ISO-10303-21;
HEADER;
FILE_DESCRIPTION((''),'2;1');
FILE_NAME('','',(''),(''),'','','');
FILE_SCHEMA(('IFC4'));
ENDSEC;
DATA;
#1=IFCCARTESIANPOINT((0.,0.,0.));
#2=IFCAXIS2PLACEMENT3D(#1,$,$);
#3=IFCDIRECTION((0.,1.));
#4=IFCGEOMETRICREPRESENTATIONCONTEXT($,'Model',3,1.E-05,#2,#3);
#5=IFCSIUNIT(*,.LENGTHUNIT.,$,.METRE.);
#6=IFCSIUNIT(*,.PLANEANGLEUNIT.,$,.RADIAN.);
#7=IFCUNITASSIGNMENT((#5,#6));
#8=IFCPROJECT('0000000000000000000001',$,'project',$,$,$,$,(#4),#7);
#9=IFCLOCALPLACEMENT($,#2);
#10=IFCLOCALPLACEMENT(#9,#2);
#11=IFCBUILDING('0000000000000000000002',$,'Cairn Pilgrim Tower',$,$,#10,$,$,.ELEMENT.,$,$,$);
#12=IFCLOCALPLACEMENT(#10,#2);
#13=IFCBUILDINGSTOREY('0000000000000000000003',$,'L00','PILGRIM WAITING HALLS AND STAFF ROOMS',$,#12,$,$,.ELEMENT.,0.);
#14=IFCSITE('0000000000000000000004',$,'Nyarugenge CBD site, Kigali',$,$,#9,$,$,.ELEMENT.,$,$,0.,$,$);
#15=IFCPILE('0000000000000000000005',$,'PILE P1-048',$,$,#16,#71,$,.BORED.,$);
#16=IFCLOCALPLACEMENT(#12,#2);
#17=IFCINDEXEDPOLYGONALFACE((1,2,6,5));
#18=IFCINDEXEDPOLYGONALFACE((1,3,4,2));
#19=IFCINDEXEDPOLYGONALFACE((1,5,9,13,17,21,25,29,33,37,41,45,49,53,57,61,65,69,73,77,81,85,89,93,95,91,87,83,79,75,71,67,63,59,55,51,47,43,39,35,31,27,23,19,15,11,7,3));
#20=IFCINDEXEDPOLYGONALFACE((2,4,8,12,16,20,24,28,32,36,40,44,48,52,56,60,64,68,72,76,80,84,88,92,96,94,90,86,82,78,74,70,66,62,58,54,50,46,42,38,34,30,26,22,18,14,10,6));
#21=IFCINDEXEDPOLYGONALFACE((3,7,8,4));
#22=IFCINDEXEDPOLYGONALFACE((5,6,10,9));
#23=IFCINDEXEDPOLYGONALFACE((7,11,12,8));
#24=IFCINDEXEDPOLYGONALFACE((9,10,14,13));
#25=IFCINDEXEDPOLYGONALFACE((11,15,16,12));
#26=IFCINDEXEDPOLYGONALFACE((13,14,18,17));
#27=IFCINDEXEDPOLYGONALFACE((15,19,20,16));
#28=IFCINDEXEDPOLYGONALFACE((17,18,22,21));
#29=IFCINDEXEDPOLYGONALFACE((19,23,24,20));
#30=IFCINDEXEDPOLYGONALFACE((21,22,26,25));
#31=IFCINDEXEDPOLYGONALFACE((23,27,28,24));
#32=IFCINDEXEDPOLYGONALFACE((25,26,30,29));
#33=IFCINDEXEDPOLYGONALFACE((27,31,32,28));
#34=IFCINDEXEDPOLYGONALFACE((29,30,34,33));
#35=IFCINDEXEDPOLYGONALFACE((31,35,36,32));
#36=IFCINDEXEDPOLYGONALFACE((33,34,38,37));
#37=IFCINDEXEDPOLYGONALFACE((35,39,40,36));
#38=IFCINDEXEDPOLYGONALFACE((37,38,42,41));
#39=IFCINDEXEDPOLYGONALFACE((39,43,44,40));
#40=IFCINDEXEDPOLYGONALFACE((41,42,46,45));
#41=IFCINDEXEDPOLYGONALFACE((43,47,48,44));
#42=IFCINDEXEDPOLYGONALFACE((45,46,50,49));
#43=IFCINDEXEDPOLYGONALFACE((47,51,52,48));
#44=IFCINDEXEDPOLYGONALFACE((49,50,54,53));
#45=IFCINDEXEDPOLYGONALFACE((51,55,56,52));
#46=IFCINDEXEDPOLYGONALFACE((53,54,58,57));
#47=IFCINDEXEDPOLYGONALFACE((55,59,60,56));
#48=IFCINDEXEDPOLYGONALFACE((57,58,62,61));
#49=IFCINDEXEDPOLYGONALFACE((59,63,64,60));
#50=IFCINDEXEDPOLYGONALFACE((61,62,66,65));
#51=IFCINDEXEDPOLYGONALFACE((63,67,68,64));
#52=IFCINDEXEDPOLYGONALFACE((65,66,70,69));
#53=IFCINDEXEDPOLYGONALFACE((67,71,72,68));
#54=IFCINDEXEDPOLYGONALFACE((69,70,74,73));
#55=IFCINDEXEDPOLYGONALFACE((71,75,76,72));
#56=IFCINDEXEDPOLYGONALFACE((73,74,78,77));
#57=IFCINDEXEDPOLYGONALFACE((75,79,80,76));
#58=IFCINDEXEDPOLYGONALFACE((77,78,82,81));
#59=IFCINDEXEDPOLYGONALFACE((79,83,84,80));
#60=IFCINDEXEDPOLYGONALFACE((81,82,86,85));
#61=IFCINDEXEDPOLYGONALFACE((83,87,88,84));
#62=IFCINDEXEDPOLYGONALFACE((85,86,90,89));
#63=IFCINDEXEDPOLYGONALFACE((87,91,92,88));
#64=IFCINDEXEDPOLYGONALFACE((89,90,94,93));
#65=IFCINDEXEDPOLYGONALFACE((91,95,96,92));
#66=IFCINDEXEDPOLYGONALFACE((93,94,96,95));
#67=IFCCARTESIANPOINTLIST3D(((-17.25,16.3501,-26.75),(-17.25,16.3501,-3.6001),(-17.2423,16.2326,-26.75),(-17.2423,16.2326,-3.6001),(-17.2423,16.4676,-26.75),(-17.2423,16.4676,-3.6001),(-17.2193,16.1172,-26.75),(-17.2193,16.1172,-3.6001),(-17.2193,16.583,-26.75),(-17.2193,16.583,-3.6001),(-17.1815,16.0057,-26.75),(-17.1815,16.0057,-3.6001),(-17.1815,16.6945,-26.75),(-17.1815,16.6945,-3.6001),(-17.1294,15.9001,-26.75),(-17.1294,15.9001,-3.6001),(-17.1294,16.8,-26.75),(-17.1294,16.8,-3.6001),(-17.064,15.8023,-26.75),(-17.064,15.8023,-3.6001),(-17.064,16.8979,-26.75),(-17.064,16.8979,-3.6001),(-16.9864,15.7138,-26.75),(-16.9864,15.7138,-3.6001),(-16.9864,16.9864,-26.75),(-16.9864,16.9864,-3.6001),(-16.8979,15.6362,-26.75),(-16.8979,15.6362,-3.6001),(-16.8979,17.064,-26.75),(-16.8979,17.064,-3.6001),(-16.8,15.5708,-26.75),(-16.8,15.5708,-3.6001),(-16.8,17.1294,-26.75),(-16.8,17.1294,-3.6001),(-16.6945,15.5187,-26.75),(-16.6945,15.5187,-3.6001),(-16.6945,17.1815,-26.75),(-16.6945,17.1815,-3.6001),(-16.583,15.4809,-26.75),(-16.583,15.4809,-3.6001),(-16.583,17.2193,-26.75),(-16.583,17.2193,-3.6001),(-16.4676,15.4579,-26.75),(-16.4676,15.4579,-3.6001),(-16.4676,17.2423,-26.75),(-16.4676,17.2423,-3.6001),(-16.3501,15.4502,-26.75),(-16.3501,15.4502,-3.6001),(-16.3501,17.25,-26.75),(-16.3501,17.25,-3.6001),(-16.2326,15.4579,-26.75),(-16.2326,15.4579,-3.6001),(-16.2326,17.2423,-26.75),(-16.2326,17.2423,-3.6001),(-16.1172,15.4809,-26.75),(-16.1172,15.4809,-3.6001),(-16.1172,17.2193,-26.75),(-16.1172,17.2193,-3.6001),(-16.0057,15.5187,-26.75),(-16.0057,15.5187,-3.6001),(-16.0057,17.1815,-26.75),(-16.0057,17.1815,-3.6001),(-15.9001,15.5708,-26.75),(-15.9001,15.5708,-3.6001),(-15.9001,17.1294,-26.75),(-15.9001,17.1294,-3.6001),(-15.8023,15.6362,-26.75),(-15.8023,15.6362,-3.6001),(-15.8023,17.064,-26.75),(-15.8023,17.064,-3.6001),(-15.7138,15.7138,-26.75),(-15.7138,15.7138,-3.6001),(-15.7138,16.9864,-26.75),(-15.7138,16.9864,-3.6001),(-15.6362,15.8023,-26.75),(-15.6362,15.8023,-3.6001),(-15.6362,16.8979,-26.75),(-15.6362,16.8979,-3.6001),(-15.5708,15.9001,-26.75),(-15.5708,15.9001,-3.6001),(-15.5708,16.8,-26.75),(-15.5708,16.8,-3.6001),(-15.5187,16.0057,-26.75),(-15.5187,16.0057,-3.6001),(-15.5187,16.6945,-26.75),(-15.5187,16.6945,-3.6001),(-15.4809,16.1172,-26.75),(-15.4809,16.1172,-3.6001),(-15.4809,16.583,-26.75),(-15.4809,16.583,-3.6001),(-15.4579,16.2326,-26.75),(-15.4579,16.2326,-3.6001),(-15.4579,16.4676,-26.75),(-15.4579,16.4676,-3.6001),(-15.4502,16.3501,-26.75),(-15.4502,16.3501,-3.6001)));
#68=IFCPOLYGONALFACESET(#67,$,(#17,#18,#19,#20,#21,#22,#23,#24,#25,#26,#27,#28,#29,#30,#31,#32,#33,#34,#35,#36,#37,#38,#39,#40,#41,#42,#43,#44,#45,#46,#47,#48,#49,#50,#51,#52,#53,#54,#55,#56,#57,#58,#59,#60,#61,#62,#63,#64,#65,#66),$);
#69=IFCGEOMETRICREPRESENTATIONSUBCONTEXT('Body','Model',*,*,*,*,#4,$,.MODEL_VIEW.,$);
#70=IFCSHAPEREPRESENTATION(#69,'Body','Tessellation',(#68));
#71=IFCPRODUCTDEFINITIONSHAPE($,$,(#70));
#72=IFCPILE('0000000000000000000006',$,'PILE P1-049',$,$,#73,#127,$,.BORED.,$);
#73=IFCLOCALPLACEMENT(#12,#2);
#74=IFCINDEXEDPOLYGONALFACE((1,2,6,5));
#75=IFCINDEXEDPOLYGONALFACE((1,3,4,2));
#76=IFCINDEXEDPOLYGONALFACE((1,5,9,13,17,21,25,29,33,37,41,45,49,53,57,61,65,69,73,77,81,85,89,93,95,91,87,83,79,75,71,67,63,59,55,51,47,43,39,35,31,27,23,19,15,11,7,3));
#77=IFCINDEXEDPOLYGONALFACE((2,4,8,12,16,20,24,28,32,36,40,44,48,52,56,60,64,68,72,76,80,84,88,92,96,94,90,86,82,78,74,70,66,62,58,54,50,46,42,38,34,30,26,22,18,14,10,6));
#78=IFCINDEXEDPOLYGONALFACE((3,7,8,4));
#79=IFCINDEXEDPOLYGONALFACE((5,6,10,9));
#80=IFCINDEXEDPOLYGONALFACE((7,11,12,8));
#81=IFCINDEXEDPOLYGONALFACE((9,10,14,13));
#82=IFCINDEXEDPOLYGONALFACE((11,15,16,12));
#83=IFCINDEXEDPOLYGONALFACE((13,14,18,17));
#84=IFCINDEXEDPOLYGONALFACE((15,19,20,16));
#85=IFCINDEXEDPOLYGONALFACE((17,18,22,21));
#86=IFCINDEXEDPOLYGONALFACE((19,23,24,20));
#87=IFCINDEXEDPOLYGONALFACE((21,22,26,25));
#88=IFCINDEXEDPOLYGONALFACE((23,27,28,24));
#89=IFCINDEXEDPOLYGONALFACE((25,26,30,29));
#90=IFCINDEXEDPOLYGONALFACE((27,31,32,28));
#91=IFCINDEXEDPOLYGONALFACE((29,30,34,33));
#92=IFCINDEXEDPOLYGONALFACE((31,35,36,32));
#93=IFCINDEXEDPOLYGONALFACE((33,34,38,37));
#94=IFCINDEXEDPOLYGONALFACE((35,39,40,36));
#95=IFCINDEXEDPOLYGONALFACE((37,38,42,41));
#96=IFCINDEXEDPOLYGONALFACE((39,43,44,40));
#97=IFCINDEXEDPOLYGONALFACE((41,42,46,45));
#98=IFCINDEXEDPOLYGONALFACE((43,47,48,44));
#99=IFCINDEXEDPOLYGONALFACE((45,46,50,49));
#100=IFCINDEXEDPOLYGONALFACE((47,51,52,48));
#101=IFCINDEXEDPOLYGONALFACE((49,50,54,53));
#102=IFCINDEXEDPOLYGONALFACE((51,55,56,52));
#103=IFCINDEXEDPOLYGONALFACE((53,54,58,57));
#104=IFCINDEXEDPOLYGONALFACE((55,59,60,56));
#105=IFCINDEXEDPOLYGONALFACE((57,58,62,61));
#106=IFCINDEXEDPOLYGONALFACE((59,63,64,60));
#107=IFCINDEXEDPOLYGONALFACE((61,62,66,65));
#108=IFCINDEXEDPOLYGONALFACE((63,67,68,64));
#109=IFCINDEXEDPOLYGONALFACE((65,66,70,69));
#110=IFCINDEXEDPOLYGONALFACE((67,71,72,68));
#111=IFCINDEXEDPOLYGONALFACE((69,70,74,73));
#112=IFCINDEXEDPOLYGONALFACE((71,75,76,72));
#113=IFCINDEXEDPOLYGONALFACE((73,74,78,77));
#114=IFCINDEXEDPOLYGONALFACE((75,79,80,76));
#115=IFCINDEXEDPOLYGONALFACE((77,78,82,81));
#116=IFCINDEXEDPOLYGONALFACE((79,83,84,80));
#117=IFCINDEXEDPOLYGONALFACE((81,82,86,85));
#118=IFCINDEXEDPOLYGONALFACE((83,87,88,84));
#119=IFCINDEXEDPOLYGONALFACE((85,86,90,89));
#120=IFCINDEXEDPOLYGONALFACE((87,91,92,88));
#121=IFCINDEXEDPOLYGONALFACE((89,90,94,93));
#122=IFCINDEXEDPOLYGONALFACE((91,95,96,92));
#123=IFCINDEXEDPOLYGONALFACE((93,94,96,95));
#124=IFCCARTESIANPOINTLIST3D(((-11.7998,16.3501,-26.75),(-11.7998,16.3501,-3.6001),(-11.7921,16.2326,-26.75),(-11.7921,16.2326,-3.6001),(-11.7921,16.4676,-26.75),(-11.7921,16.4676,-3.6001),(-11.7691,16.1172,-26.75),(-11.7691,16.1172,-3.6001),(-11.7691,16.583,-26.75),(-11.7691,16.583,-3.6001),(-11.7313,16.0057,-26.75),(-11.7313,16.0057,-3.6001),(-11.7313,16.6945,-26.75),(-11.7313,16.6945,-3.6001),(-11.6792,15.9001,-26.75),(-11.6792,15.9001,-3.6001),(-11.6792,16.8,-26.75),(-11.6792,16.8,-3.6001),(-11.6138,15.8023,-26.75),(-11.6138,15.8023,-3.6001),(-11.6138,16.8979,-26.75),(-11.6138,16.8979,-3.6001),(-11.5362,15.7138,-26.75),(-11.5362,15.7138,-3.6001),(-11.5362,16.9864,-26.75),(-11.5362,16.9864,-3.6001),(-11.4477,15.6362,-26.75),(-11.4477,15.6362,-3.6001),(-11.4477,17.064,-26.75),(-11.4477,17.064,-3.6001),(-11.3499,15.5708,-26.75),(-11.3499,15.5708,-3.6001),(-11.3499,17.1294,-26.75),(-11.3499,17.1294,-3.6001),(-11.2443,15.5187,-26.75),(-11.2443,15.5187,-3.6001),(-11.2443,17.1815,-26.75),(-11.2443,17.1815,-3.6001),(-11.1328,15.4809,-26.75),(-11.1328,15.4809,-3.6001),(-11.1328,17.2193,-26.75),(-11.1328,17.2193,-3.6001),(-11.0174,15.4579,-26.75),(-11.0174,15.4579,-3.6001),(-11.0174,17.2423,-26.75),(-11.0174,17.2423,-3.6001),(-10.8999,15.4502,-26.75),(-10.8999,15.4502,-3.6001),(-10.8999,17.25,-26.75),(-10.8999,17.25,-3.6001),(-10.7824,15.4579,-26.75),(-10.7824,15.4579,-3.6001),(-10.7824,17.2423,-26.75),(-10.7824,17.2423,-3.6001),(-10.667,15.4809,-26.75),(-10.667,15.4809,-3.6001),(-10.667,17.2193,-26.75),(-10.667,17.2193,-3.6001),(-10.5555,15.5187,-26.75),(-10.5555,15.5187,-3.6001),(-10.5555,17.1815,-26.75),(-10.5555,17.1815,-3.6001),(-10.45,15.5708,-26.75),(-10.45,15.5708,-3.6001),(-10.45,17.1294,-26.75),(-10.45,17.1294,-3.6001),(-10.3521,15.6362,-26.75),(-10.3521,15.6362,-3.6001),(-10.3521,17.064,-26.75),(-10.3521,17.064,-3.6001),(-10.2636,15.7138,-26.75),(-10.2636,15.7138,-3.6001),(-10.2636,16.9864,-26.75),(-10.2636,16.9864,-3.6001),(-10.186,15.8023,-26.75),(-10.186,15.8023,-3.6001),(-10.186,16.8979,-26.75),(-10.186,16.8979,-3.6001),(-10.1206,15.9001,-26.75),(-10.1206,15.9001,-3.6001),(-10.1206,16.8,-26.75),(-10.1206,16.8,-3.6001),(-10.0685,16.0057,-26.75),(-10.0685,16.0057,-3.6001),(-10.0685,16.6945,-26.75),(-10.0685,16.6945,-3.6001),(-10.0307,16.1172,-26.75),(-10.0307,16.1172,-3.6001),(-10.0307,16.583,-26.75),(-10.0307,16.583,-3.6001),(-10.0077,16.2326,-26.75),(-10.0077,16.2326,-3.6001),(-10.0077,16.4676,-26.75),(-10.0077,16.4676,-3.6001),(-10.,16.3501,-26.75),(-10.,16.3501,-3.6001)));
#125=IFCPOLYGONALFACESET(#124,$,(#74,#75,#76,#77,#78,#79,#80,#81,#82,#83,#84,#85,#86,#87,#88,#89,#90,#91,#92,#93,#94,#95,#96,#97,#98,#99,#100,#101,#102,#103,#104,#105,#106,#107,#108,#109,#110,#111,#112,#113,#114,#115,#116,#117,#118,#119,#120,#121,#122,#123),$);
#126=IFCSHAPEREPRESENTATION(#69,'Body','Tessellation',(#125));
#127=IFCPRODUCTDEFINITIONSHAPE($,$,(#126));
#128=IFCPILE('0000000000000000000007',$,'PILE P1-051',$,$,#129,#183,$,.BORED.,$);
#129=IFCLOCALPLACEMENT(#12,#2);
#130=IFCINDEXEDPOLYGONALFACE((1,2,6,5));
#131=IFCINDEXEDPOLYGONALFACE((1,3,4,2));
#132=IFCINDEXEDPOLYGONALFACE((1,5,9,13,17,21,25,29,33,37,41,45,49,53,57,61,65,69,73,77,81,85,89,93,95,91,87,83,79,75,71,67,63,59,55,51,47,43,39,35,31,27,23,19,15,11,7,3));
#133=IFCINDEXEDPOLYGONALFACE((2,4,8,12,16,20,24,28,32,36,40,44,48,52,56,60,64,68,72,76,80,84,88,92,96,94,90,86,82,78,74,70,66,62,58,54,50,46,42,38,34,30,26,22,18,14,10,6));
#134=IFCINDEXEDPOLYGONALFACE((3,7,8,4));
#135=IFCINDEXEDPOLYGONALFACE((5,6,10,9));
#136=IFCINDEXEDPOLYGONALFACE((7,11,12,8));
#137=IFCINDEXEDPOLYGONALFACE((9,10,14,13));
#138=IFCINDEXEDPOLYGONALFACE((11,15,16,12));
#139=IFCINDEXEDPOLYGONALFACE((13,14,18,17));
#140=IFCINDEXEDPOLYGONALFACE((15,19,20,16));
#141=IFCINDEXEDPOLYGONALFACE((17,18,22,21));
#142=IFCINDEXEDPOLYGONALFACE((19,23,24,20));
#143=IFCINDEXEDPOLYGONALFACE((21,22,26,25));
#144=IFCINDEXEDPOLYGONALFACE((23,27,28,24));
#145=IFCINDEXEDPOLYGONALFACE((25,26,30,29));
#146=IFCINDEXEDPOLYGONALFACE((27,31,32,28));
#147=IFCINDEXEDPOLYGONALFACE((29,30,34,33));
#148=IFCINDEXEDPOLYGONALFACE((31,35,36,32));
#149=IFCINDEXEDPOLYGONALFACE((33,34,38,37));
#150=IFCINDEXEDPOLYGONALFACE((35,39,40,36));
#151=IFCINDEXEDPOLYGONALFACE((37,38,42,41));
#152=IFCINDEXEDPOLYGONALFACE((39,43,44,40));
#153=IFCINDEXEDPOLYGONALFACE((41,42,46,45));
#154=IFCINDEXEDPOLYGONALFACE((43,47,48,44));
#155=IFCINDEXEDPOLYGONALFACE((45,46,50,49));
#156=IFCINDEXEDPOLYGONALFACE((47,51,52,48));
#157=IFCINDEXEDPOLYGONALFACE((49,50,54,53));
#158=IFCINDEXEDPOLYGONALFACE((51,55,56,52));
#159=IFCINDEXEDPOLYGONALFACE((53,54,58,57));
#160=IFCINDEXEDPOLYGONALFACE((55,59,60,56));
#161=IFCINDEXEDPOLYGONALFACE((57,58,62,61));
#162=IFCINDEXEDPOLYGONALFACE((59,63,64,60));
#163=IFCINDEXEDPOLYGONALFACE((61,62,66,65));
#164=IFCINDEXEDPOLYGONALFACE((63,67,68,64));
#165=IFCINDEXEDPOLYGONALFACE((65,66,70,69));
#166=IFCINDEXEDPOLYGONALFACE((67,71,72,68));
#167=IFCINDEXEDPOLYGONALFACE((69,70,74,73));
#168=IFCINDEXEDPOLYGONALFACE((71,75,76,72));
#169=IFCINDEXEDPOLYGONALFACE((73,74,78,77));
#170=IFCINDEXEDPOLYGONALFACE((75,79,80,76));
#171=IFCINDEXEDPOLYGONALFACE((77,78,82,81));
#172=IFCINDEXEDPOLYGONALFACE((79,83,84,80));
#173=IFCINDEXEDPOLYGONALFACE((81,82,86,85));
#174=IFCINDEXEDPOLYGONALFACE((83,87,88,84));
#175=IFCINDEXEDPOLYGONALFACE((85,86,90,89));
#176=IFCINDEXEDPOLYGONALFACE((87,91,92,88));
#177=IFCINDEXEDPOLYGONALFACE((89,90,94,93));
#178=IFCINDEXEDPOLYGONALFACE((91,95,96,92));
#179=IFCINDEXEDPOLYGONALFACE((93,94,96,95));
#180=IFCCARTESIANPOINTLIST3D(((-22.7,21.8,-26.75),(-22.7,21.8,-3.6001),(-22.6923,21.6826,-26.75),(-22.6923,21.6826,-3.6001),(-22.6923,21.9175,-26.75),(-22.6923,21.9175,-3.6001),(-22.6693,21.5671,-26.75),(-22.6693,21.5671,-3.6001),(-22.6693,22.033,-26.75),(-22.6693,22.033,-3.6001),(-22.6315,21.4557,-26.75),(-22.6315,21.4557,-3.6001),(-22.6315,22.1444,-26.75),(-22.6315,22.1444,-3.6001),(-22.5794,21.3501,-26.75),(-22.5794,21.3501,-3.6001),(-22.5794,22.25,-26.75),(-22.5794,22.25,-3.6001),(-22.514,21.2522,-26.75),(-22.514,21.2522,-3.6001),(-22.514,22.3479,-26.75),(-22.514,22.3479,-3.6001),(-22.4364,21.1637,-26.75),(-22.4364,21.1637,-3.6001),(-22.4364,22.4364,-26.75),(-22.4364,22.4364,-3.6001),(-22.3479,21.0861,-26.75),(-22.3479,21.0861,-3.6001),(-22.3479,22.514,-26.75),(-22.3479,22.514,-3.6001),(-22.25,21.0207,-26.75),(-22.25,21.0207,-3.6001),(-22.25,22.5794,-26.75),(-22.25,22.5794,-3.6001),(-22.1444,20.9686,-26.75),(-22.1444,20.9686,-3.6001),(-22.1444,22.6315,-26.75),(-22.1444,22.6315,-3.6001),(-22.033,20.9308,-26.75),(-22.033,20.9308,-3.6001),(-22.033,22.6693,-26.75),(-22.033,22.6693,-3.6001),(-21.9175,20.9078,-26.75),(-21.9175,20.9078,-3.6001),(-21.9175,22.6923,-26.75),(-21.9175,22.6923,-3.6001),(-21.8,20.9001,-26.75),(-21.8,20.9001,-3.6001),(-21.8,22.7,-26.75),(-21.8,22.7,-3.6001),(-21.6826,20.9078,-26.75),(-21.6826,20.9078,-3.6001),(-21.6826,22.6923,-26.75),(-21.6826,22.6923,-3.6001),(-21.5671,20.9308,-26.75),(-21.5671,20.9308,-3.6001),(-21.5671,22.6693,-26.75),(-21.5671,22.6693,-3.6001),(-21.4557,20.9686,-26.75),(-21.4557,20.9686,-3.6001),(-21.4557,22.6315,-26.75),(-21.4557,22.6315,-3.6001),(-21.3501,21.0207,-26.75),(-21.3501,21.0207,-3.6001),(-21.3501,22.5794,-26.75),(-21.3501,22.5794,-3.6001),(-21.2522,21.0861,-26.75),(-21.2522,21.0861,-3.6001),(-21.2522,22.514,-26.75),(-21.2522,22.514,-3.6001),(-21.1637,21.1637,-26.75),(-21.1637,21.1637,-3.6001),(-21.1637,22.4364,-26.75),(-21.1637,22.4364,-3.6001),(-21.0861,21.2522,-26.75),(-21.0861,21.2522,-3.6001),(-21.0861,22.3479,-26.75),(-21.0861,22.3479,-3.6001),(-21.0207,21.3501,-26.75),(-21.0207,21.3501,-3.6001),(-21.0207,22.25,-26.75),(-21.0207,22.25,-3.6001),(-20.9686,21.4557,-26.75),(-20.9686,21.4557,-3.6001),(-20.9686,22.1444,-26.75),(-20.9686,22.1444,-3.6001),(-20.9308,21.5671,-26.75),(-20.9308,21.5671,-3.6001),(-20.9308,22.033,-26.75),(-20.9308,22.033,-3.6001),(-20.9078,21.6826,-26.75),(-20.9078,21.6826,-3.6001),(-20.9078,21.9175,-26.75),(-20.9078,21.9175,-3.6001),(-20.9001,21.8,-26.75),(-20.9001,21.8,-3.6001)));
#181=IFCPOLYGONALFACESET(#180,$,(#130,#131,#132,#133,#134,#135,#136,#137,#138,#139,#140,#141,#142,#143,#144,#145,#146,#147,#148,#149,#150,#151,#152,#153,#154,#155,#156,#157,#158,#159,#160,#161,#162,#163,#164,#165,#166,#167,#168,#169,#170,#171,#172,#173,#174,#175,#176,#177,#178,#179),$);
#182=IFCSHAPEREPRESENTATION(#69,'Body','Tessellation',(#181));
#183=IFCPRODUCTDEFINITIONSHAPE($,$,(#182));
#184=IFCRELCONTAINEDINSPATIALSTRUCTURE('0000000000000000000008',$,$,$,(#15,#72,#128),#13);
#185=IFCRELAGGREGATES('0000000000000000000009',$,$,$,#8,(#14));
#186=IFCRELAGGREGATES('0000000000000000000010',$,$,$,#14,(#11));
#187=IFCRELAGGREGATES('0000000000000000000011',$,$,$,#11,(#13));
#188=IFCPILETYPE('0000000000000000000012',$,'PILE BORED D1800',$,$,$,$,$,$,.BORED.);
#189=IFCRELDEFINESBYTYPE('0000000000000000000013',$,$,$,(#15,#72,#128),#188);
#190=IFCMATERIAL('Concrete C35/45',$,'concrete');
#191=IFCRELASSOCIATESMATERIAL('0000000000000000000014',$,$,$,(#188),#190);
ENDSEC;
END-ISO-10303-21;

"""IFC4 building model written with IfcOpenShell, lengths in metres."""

from ifc_helpers import new_model, si_unit, direction, frame, origin, origin_2d, place, context, subcontext, project, spatial, circle, extrude, material, material_profile, profile_set, type_object, element, save


model = new_model("IFC4")

# Units and contexts
model_context = context("Model", 3, precision=1e-05, world=origin(), true_north=direction((0.0, 1.0)))
body_context = subcontext(model_context, "Body", "Model", "MODEL_VIEW")
ifc_project = project(units=[si_unit("LENGTHUNIT", "METRE"), si_unit("PLANEANGLEUNIT", "RADIAN")], contexts=[model_context])

# Site, building, storey
site_placement = place(None, origin())
site = spatial("IfcSite", under=ifc_project, at=site_placement, Name="Nyarugenge CBD site, Kigali", CompositionType="ELEMENT", RefElevation=0.0)
building_placement = place(site_placement, origin())
building = spatial("IfcBuilding", under=site, at=building_placement, Name="Cairn Pilgrim Tower", CompositionType="ELEMENT")
storey_placement = place(building_placement, origin())
storey = spatial("IfcBuildingStorey", under=building, at=storey_placement, Name="L00", Description="PILGRIM WAITING HALLS AND STAFF ROOMS", CompositionType="ELEMENT", Elevation=0.0)

# Piles
ifc_material_1 = material(Name="Concrete C35/45", Category="concrete")
ifc_material_profile_1 = material_profile(ifc_material_1, circle(Radius=0.8999, at=origin_2d()), Name="D1800")
ifc_profile_set_1 = profile_set([ifc_material_profile_1], Name="Concrete C35/45")
pile_type = type_object("IfcPileType", Name="PILE BORED D1800", PredefinedType="BORED", material=ifc_profile_set_1)
for number, where, z_axis, x_axis, name in (
    (1, (-16.3501, 16.3501, -3.6001), (0.0, 0.0, -1.0), (1.0, 0.0, 0.0), "PILE P1-048"),
    (2, (-10.8999, 16.3501, -3.6001), (0.0, 0.0, -1.0), (1.0, 0.0, 0.0), "PILE P1-049"),
    (3, (-21.8, 21.8, -3.6001), (0.0, 0.0, -1.0), (1.0, 0.0, 0.0), "PILE P1-051"),
):
    element("IfcPile", number, at=place(storey_placement, frame(where, z_axis=z_axis, x_axis=x_axis)), inside=storey, type_object=pile_type, Name=name, PredefinedType="BORED", context=body_context, shape_type="SweptSolid", body=[
        extrude(circle(Radius=0.8999, at=origin_2d()), origin(), (0.0, 0.0, 1.0), 23.1499),
    ])

save(model, "model.ifc")
